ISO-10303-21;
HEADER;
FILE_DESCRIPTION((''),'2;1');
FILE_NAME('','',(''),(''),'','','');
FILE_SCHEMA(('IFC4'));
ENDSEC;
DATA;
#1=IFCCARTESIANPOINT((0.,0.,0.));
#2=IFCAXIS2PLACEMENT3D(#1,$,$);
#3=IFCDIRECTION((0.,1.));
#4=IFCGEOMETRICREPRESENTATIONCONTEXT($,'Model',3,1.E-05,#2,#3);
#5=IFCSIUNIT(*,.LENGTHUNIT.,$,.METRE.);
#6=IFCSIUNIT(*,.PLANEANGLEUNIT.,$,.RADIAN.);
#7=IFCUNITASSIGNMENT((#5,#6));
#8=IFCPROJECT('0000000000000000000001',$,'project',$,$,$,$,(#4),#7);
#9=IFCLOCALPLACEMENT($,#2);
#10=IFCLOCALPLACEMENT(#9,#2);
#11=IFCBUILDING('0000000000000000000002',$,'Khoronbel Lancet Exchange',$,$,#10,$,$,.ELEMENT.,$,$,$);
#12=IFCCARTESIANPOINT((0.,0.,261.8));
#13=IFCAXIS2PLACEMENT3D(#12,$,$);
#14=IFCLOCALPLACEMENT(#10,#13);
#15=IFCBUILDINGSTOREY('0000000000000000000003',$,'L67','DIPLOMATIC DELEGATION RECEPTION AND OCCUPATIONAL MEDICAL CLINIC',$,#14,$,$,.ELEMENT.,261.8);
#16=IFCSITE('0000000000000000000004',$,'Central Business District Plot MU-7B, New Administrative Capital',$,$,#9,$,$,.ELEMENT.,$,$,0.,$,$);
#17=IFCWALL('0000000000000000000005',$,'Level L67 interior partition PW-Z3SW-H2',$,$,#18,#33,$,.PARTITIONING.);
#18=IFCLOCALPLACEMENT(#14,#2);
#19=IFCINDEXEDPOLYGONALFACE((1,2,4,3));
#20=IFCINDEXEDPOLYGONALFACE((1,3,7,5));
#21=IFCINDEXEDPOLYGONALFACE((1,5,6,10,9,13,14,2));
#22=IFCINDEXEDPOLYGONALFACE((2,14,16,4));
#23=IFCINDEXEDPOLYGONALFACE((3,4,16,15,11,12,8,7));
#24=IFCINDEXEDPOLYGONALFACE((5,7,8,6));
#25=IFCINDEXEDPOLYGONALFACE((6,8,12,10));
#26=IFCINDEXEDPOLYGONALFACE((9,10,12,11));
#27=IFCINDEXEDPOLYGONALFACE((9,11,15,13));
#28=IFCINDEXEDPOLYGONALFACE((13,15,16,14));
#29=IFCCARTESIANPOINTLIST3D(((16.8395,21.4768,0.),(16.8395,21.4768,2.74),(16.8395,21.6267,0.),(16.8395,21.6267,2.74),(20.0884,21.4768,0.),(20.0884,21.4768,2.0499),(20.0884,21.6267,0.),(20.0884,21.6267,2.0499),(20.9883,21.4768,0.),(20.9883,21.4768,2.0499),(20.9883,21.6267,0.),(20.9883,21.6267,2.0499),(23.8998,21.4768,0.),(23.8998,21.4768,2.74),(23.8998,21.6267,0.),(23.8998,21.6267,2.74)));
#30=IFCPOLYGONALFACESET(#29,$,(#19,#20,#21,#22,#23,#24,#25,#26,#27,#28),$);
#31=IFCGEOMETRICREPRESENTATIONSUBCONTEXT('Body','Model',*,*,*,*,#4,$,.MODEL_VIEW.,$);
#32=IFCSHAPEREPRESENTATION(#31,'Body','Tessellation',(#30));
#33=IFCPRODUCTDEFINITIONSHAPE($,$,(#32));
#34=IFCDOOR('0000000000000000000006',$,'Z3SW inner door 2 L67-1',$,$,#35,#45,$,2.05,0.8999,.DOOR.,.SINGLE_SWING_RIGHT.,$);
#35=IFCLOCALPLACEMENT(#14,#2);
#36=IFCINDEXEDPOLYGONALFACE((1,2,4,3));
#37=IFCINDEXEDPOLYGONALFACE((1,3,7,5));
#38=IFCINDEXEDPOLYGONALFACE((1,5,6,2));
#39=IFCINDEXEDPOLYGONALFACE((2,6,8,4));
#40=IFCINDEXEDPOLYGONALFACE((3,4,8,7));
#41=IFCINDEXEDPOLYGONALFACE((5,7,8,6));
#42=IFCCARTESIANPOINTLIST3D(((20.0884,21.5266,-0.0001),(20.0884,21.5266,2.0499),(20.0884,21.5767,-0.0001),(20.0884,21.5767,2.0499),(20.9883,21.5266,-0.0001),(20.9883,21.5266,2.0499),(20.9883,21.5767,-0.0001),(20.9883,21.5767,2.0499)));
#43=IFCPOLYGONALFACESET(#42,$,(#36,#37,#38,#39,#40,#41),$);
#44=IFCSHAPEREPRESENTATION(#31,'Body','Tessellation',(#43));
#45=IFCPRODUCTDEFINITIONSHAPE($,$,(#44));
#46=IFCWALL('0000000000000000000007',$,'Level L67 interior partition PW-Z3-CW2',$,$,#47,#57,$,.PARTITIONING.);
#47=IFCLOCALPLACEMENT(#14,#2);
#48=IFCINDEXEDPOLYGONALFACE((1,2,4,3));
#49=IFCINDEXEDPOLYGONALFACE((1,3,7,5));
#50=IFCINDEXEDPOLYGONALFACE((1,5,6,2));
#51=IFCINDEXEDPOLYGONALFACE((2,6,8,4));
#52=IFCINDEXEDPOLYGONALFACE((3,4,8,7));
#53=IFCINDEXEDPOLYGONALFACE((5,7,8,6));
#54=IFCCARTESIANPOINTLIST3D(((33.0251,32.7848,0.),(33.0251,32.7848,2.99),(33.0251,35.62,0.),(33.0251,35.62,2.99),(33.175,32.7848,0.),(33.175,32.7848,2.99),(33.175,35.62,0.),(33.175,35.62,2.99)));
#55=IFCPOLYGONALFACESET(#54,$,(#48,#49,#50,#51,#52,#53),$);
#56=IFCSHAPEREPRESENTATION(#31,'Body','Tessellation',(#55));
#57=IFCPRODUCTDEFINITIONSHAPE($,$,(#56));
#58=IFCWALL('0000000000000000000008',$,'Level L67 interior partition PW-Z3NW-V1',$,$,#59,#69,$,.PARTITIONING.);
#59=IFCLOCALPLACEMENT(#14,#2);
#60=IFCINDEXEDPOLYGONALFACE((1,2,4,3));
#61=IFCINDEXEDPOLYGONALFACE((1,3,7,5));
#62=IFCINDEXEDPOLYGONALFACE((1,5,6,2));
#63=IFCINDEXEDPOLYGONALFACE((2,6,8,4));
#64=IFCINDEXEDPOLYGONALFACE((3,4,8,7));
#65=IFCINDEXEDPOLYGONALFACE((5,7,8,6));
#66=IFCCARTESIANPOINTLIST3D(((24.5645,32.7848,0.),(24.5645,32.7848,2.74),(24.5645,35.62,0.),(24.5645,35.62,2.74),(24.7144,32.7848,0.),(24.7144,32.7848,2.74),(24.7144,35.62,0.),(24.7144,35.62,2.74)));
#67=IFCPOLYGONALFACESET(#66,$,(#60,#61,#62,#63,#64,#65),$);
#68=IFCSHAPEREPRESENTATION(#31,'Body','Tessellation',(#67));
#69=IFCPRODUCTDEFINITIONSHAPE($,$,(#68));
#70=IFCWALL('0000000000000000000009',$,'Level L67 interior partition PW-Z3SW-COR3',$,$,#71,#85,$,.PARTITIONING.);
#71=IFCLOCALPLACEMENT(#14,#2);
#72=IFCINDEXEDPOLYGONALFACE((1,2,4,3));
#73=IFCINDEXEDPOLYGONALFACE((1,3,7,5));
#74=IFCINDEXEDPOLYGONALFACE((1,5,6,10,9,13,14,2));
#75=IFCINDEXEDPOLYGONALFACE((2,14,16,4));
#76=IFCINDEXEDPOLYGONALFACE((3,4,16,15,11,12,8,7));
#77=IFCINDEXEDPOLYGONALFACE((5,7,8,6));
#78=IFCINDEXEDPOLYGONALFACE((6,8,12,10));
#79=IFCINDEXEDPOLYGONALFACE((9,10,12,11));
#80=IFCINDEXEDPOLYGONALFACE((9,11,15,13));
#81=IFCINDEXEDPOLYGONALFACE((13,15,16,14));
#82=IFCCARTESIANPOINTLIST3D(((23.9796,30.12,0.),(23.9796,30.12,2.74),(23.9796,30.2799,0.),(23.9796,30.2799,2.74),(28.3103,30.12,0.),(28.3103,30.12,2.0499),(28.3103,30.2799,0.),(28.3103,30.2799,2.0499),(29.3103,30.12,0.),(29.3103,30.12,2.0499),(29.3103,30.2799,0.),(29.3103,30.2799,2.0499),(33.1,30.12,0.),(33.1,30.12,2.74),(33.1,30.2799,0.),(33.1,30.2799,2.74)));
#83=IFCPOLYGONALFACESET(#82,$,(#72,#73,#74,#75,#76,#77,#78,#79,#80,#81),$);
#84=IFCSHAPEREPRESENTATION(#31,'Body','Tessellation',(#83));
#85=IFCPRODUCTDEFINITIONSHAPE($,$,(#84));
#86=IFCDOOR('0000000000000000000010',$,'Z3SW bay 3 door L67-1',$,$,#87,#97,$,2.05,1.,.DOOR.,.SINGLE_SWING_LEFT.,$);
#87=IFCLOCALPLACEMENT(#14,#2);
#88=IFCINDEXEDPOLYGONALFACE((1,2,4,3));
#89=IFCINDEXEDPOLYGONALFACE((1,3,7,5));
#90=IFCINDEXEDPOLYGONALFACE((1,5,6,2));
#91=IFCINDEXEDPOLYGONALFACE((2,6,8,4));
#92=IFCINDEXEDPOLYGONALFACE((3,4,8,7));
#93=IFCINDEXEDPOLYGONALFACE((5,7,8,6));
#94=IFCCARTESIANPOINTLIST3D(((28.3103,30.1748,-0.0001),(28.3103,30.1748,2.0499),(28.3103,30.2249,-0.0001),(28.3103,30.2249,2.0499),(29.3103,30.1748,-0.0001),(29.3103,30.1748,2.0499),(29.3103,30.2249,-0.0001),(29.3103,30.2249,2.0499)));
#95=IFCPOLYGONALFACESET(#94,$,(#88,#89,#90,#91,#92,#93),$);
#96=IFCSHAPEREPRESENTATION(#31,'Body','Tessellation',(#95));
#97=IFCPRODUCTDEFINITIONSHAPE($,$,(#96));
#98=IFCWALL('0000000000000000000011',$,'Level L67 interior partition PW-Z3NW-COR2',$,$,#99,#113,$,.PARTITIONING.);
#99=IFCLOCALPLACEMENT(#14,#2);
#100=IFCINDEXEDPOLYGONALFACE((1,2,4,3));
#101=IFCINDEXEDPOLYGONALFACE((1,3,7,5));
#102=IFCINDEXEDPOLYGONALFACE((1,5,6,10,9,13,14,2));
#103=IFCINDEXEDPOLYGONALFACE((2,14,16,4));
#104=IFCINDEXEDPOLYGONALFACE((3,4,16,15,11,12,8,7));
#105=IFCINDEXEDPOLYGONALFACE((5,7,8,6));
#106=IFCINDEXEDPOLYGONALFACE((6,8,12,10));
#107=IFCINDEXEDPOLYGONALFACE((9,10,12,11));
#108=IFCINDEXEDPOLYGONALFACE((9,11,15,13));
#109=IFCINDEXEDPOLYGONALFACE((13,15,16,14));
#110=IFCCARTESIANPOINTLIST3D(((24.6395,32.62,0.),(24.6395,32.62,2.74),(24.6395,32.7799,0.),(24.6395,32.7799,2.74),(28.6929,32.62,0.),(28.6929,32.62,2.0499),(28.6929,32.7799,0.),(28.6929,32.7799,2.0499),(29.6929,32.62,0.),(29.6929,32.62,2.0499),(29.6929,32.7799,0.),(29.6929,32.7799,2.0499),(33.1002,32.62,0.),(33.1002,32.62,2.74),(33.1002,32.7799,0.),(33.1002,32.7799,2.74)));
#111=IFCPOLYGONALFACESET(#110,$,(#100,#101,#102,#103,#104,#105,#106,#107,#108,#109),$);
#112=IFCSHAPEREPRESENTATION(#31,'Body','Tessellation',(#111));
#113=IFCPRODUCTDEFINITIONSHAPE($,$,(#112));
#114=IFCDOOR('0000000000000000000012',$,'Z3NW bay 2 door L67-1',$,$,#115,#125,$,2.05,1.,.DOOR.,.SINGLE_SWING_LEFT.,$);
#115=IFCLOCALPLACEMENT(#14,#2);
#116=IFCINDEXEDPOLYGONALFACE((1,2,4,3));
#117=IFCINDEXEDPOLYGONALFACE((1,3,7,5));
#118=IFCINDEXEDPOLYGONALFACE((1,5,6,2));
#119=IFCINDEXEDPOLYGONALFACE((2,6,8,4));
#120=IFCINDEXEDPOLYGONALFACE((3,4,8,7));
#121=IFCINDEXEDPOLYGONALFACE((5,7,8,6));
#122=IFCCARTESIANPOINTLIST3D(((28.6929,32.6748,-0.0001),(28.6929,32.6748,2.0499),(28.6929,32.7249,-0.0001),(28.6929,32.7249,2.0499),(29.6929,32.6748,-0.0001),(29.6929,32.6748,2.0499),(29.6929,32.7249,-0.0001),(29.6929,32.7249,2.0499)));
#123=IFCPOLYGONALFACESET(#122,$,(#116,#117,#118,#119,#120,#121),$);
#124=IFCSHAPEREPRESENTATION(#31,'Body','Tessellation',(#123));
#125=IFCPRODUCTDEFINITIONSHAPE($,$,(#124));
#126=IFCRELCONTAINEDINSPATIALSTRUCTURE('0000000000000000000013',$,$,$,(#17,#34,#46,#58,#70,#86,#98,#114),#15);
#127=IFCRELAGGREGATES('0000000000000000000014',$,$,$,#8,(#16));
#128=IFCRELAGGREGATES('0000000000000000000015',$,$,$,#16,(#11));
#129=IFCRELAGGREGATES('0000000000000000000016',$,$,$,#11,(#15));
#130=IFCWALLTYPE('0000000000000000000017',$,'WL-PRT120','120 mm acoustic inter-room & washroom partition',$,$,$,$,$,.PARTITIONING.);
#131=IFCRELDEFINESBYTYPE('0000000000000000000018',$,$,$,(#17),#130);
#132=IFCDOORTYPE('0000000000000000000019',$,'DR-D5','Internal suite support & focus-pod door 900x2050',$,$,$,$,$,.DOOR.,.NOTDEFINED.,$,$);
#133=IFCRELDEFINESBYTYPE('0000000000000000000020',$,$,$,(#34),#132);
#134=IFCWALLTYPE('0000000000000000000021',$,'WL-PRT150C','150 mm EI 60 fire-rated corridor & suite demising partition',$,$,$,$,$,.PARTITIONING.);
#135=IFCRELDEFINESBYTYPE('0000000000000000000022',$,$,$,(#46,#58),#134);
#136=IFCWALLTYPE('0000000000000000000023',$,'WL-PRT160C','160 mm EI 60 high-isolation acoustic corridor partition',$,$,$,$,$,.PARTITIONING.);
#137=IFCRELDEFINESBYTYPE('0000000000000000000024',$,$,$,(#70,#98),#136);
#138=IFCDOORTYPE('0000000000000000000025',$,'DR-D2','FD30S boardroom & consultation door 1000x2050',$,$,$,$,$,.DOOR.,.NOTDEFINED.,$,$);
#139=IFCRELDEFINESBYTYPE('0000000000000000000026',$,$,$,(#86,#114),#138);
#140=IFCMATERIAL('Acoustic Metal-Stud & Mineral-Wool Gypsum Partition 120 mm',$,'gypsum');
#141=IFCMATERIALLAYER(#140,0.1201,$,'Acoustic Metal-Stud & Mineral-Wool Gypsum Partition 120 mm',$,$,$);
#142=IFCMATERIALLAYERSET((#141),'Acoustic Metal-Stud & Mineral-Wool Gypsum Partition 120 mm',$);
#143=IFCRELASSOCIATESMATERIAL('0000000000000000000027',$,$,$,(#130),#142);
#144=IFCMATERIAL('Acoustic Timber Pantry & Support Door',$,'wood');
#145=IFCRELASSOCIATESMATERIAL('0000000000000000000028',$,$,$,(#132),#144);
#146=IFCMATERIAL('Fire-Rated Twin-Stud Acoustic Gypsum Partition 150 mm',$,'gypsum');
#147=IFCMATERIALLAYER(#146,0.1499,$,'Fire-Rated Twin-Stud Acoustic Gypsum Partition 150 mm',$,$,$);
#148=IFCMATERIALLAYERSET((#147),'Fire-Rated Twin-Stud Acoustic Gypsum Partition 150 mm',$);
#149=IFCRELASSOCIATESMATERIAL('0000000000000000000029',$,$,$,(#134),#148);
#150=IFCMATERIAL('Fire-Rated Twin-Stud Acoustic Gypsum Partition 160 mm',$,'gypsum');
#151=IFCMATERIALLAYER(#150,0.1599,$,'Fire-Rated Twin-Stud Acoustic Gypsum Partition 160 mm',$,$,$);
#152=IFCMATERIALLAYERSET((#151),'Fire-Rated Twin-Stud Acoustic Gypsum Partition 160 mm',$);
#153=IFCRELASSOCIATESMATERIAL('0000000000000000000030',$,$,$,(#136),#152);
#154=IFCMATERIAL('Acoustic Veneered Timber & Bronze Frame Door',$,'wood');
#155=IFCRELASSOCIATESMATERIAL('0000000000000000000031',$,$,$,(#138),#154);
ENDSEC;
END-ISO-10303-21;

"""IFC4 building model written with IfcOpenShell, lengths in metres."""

from ifc_helpers import new_model, si_unit, direction, frame, frame_2d, origin, place, context, subcontext, project, spatial, rectangle, extrude, material, layer, layer_set, type_object, element, fill, save


model = new_model("IFC4")

# Units and contexts
model_context = context("Model", 3, precision=1e-05, world=origin(), true_north=direction((0.0, 1.0)))
body_context = subcontext(model_context, "Body", "Model", "MODEL_VIEW")
ifc_project = project(units=[si_unit("LENGTHUNIT", "METRE"), si_unit("PLANEANGLEUNIT", "RADIAN")], contexts=[model_context])

# Site, building, storey
site_placement = place(None, origin())
site = spatial("IfcSite", under=ifc_project, at=site_placement, Name="Central Business District Plot MU-7B, New Administrative Capital", CompositionType="ELEMENT", RefElevation=0.0)
building_placement = place(site_placement, origin())
building = spatial("IfcBuilding", under=site, at=building_placement, Name="Khoronbel Lancet Exchange", CompositionType="ELEMENT")
storey_placement = place(building_placement, frame((0.0, 0.0, 261.8)))
storey = spatial("IfcBuildingStorey", under=building, at=storey_placement, Name="L67", Description="DIPLOMATIC DELEGATION RECEPTION AND OCCUPATIONAL MEDICAL CLINIC", CompositionType="ELEMENT", Elevation=261.8)

# Wall, opening, door
ifc_material_1 = material(Name="Acoustic Metal-Stud & Mineral-Wool Gypsum Partition 120 mm", Category="gypsum")
ifc_layer_1 = layer(ifc_material_1, 0.1201, Name="Acoustic Metal-Stud & Mineral-Wool Gypsum Partition 120 mm")
ifc_layer_set_1 = layer_set([ifc_layer_1], Name="Acoustic Metal-Stud & Mineral-Wool Gypsum Partition 120 mm")
wall_type_1 = type_object("IfcWallType", Name="WL-PRT120", Description="120 mm acoustic inter-room & washroom partition", PredefinedType="PARTITIONING", material=ifc_layer_set_1)
wall_1_placement = place(storey_placement, frame((16.8394, 21.5518, 0.0), z_axis=(0.0, 0.0, 1.0), x_axis=(1.0, 0.0, 0.0)))
wall_1 = element("IfcWall", 1, at=wall_1_placement, inside=storey, type_object=wall_type_1, Name="Level L67 interior partition PW-Z3SW-H2", PredefinedType="PARTITIONING", context=body_context, shape_type="SweptSolid", body=[
    extrude(rectangle(XDim=7.0603, YDim=0.1499, at=frame_2d((3.5303, 0.0))), origin(), (0.0, 0.0, 1.0), 2.74),
])
opening_1_placement = place(wall_1_placement, frame((3.249, 0.0, 0.0)))
opening_1 = element("IfcOpeningElement", 2, at=opening_1_placement, cuts=wall_1, PredefinedType="OPENING", context=body_context, shape_type="SweptSolid", body=[
    extrude(rectangle(XDim=0.8999, YDim=2.05, at=frame_2d((0.45, 1.0249))), frame((0.0, 0.085, 0.0), z_axis=(0.0, -1.0, 0.0), x_axis=(1.0, 0.0, 0.0)), (0.0, 0.0, 1.0), 0.1699),
])
ifc_material_2 = material(Name="Acoustic Timber Pantry & Support Door", Category="wood")
door_type_1 = type_object("IfcDoorType", Name="DR-D5", Description="Internal suite support & focus-pod door 900x2050", OperationType="NOTDEFINED", PredefinedType="DOOR", material=ifc_material_2)
door_1_placement = place(opening_1_placement, origin())
door_1 = element("IfcDoor", 3, at=door_1_placement, inside=storey, type_object=door_type_1, Name="Z3SW inner door 2 L67-1", OperationType="SINGLE_SWING_RIGHT", OverallHeight=2.05, OverallWidth=0.8999, PredefinedType="DOOR", context=body_context, shape_type="SweptSolid", body=[
    extrude(rectangle(XDim=0.8999, YDim=2.05, at=frame_2d((0.45, 1.0249))), frame((0.0, 0.0249, 0.0), z_axis=(0.0, -1.0, 0.0), x_axis=(1.0, 0.0, 0.0)), (0.0, 0.0, 1.0), 0.05),
])
fill(opening_1, door_1)

# Walls
ifc_material_3 = material(Name="Fire-Rated Twin-Stud Acoustic Gypsum Partition 150 mm", Category="gypsum")
ifc_layer_2 = layer(ifc_material_3, 0.1499, Name="Fire-Rated Twin-Stud Acoustic Gypsum Partition 150 mm")
ifc_layer_set_2 = layer_set([ifc_layer_2], Name="Fire-Rated Twin-Stud Acoustic Gypsum Partition 150 mm")
wall_type_2 = type_object("IfcWallType", Name="WL-PRT150C", Description="150 mm EI 60 fire-rated corridor & suite demising partition", PredefinedType="PARTITIONING", material=ifc_layer_set_2)
wall_2_placement = place(storey_placement, frame((33.1001, 32.7849, 0.0), z_axis=(0.0, 0.0, 1.0), x_axis=(0.0, 1.0, 0.0)))
element("IfcWall", 4, at=wall_2_placement, inside=storey, type_object=wall_type_2, Name="Level L67 interior partition PW-Z3-CW2", PredefinedType="PARTITIONING", context=body_context, shape_type="SweptSolid", body=[
    extrude(rectangle(XDim=2.8352, YDim=0.1499, at=frame_2d((1.4175, 0.0))), origin(), (0.0, 0.0, 1.0), 2.99),
])
wall_3_placement = place(storey_placement, frame((24.6394, 32.7849, 0.0), z_axis=(0.0, 0.0, 1.0), x_axis=(0.0, 1.0, 0.0)))
element("IfcWall", 5, at=wall_3_placement, inside=storey, type_object=wall_type_2, Name="Level L67 interior partition PW-Z3NW-V1", PredefinedType="PARTITIONING", context=body_context, shape_type="SweptSolid", body=[
    extrude(rectangle(XDim=2.8352, YDim=0.1499, at=frame_2d((1.4175, 0.0))), origin(), (0.0, 0.0, 1.0), 2.74),
])

# Walls, openings, doors
ifc_material_4 = material(Name="Fire-Rated Twin-Stud Acoustic Gypsum Partition 160 mm", Category="gypsum")
ifc_layer_3 = layer(ifc_material_4, 0.1599, Name="Fire-Rated Twin-Stud Acoustic Gypsum Partition 160 mm")
ifc_layer_set_3 = layer_set([ifc_layer_3], Name="Fire-Rated Twin-Stud Acoustic Gypsum Partition 160 mm")
wall_type_3 = type_object("IfcWallType", Name="WL-PRT160C", Description="160 mm EI 60 high-isolation acoustic corridor partition", PredefinedType="PARTITIONING", material=ifc_layer_set_3)
wall_4_placement = place(storey_placement, frame((23.9797, 30.2, 0.0), z_axis=(0.0, 0.0, 1.0), x_axis=(1.0, 0.0, 0.0)))
wall_4 = element("IfcWall", 6, at=wall_4_placement, inside=storey, type_object=wall_type_3, Name="Level L67 interior partition PW-Z3SW-COR3", PredefinedType="PARTITIONING", context=body_context, shape_type="SweptSolid", body=[
    extrude(rectangle(XDim=9.1204, YDim=0.1599, at=frame_2d((4.5601, 0.0))), origin(), (0.0, 0.0, 1.0), 2.74),
])
opening_2_placement = place(wall_4_placement, frame((4.3306, 0.0, 0.0)))
opening_2 = element("IfcOpeningElement", 7, at=opening_2_placement, cuts=wall_4, PredefinedType="OPENING", context=body_context, shape_type="SweptSolid", body=[
    extrude(rectangle(XDim=1.0, YDim=2.05, at=frame_2d((0.5, 1.0249))), frame((0.0, 0.0898, 0.0), z_axis=(0.0, -1.0, 0.0), x_axis=(1.0, 0.0, 0.0)), (0.0, 0.0, 1.0), 0.1799),
])
ifc_material_5 = material(Name="Acoustic Veneered Timber & Bronze Frame Door", Category="wood")
door_type_2 = type_object("IfcDoorType", Name="DR-D2", Description="FD30S boardroom & consultation door 1000x2050", OperationType="NOTDEFINED", PredefinedType="DOOR", material=ifc_material_5)
door_2_placement = place(opening_2_placement, origin())
door_2 = element("IfcDoor", 8, at=door_2_placement, inside=storey, type_object=door_type_2, Name="Z3SW bay 3 door L67-1", OperationType="SINGLE_SWING_LEFT", OverallHeight=2.05, OverallWidth=1.0, PredefinedType="DOOR", context=body_context, shape_type="SweptSolid", body=[
    extrude(rectangle(XDim=1.0, YDim=2.05, at=frame_2d((0.5, 1.0249))), frame((0.0, 0.0249, 0.0), z_axis=(0.0, -1.0, 0.0), x_axis=(1.0, 0.0, 0.0)), (0.0, 0.0, 1.0), 0.05),
])
fill(opening_2, door_2)
wall_5_placement = place(storey_placement, frame((24.6394, 32.7, 0.0), z_axis=(0.0, 0.0, 1.0), x_axis=(1.0, 0.0, 0.0)))
wall_5 = element("IfcWall", 9, at=wall_5_placement, inside=storey, type_object=wall_type_3, Name="Level L67 interior partition PW-Z3NW-COR2", PredefinedType="PARTITIONING", context=body_context, shape_type="SweptSolid", body=[
    extrude(rectangle(XDim=8.4607, YDim=0.1599, at=frame_2d((4.2305, 0.0))), origin(), (0.0, 0.0, 1.0), 2.74),
])
opening_3_placement = place(wall_5_placement, frame((4.0535, 0.0, 0.0)))
opening_3 = element("IfcOpeningElement", 10, at=opening_3_placement, cuts=wall_5, PredefinedType="OPENING", context=body_context, shape_type="SweptSolid", body=[
    extrude(rectangle(XDim=1.0, YDim=2.05, at=frame_2d((0.5, 1.0249))), frame((0.0, 0.0898, 0.0), z_axis=(0.0, -1.0, 0.0), x_axis=(1.0, 0.0, 0.0)), (0.0, 0.0, 1.0), 0.1799),
])
door_3_placement = place(opening_3_placement, origin())
door_3 = element("IfcDoor", 11, at=door_3_placement, inside=storey, type_object=door_type_2, Name="Z3NW bay 2 door L67-1", OperationType="SINGLE_SWING_LEFT", OverallHeight=2.05, OverallWidth=1.0, PredefinedType="DOOR", context=body_context, shape_type="SweptSolid", body=[
    extrude(rectangle(XDim=1.0, YDim=2.05, at=frame_2d((0.5, 1.0249))), frame((0.0, 0.0249, 0.0), z_axis=(0.0, -1.0, 0.0), x_axis=(1.0, 0.0, 0.0)), (0.0, 0.0, 1.0), 0.05),
])
fill(opening_3, door_3)

save(model, "model.ifc")
